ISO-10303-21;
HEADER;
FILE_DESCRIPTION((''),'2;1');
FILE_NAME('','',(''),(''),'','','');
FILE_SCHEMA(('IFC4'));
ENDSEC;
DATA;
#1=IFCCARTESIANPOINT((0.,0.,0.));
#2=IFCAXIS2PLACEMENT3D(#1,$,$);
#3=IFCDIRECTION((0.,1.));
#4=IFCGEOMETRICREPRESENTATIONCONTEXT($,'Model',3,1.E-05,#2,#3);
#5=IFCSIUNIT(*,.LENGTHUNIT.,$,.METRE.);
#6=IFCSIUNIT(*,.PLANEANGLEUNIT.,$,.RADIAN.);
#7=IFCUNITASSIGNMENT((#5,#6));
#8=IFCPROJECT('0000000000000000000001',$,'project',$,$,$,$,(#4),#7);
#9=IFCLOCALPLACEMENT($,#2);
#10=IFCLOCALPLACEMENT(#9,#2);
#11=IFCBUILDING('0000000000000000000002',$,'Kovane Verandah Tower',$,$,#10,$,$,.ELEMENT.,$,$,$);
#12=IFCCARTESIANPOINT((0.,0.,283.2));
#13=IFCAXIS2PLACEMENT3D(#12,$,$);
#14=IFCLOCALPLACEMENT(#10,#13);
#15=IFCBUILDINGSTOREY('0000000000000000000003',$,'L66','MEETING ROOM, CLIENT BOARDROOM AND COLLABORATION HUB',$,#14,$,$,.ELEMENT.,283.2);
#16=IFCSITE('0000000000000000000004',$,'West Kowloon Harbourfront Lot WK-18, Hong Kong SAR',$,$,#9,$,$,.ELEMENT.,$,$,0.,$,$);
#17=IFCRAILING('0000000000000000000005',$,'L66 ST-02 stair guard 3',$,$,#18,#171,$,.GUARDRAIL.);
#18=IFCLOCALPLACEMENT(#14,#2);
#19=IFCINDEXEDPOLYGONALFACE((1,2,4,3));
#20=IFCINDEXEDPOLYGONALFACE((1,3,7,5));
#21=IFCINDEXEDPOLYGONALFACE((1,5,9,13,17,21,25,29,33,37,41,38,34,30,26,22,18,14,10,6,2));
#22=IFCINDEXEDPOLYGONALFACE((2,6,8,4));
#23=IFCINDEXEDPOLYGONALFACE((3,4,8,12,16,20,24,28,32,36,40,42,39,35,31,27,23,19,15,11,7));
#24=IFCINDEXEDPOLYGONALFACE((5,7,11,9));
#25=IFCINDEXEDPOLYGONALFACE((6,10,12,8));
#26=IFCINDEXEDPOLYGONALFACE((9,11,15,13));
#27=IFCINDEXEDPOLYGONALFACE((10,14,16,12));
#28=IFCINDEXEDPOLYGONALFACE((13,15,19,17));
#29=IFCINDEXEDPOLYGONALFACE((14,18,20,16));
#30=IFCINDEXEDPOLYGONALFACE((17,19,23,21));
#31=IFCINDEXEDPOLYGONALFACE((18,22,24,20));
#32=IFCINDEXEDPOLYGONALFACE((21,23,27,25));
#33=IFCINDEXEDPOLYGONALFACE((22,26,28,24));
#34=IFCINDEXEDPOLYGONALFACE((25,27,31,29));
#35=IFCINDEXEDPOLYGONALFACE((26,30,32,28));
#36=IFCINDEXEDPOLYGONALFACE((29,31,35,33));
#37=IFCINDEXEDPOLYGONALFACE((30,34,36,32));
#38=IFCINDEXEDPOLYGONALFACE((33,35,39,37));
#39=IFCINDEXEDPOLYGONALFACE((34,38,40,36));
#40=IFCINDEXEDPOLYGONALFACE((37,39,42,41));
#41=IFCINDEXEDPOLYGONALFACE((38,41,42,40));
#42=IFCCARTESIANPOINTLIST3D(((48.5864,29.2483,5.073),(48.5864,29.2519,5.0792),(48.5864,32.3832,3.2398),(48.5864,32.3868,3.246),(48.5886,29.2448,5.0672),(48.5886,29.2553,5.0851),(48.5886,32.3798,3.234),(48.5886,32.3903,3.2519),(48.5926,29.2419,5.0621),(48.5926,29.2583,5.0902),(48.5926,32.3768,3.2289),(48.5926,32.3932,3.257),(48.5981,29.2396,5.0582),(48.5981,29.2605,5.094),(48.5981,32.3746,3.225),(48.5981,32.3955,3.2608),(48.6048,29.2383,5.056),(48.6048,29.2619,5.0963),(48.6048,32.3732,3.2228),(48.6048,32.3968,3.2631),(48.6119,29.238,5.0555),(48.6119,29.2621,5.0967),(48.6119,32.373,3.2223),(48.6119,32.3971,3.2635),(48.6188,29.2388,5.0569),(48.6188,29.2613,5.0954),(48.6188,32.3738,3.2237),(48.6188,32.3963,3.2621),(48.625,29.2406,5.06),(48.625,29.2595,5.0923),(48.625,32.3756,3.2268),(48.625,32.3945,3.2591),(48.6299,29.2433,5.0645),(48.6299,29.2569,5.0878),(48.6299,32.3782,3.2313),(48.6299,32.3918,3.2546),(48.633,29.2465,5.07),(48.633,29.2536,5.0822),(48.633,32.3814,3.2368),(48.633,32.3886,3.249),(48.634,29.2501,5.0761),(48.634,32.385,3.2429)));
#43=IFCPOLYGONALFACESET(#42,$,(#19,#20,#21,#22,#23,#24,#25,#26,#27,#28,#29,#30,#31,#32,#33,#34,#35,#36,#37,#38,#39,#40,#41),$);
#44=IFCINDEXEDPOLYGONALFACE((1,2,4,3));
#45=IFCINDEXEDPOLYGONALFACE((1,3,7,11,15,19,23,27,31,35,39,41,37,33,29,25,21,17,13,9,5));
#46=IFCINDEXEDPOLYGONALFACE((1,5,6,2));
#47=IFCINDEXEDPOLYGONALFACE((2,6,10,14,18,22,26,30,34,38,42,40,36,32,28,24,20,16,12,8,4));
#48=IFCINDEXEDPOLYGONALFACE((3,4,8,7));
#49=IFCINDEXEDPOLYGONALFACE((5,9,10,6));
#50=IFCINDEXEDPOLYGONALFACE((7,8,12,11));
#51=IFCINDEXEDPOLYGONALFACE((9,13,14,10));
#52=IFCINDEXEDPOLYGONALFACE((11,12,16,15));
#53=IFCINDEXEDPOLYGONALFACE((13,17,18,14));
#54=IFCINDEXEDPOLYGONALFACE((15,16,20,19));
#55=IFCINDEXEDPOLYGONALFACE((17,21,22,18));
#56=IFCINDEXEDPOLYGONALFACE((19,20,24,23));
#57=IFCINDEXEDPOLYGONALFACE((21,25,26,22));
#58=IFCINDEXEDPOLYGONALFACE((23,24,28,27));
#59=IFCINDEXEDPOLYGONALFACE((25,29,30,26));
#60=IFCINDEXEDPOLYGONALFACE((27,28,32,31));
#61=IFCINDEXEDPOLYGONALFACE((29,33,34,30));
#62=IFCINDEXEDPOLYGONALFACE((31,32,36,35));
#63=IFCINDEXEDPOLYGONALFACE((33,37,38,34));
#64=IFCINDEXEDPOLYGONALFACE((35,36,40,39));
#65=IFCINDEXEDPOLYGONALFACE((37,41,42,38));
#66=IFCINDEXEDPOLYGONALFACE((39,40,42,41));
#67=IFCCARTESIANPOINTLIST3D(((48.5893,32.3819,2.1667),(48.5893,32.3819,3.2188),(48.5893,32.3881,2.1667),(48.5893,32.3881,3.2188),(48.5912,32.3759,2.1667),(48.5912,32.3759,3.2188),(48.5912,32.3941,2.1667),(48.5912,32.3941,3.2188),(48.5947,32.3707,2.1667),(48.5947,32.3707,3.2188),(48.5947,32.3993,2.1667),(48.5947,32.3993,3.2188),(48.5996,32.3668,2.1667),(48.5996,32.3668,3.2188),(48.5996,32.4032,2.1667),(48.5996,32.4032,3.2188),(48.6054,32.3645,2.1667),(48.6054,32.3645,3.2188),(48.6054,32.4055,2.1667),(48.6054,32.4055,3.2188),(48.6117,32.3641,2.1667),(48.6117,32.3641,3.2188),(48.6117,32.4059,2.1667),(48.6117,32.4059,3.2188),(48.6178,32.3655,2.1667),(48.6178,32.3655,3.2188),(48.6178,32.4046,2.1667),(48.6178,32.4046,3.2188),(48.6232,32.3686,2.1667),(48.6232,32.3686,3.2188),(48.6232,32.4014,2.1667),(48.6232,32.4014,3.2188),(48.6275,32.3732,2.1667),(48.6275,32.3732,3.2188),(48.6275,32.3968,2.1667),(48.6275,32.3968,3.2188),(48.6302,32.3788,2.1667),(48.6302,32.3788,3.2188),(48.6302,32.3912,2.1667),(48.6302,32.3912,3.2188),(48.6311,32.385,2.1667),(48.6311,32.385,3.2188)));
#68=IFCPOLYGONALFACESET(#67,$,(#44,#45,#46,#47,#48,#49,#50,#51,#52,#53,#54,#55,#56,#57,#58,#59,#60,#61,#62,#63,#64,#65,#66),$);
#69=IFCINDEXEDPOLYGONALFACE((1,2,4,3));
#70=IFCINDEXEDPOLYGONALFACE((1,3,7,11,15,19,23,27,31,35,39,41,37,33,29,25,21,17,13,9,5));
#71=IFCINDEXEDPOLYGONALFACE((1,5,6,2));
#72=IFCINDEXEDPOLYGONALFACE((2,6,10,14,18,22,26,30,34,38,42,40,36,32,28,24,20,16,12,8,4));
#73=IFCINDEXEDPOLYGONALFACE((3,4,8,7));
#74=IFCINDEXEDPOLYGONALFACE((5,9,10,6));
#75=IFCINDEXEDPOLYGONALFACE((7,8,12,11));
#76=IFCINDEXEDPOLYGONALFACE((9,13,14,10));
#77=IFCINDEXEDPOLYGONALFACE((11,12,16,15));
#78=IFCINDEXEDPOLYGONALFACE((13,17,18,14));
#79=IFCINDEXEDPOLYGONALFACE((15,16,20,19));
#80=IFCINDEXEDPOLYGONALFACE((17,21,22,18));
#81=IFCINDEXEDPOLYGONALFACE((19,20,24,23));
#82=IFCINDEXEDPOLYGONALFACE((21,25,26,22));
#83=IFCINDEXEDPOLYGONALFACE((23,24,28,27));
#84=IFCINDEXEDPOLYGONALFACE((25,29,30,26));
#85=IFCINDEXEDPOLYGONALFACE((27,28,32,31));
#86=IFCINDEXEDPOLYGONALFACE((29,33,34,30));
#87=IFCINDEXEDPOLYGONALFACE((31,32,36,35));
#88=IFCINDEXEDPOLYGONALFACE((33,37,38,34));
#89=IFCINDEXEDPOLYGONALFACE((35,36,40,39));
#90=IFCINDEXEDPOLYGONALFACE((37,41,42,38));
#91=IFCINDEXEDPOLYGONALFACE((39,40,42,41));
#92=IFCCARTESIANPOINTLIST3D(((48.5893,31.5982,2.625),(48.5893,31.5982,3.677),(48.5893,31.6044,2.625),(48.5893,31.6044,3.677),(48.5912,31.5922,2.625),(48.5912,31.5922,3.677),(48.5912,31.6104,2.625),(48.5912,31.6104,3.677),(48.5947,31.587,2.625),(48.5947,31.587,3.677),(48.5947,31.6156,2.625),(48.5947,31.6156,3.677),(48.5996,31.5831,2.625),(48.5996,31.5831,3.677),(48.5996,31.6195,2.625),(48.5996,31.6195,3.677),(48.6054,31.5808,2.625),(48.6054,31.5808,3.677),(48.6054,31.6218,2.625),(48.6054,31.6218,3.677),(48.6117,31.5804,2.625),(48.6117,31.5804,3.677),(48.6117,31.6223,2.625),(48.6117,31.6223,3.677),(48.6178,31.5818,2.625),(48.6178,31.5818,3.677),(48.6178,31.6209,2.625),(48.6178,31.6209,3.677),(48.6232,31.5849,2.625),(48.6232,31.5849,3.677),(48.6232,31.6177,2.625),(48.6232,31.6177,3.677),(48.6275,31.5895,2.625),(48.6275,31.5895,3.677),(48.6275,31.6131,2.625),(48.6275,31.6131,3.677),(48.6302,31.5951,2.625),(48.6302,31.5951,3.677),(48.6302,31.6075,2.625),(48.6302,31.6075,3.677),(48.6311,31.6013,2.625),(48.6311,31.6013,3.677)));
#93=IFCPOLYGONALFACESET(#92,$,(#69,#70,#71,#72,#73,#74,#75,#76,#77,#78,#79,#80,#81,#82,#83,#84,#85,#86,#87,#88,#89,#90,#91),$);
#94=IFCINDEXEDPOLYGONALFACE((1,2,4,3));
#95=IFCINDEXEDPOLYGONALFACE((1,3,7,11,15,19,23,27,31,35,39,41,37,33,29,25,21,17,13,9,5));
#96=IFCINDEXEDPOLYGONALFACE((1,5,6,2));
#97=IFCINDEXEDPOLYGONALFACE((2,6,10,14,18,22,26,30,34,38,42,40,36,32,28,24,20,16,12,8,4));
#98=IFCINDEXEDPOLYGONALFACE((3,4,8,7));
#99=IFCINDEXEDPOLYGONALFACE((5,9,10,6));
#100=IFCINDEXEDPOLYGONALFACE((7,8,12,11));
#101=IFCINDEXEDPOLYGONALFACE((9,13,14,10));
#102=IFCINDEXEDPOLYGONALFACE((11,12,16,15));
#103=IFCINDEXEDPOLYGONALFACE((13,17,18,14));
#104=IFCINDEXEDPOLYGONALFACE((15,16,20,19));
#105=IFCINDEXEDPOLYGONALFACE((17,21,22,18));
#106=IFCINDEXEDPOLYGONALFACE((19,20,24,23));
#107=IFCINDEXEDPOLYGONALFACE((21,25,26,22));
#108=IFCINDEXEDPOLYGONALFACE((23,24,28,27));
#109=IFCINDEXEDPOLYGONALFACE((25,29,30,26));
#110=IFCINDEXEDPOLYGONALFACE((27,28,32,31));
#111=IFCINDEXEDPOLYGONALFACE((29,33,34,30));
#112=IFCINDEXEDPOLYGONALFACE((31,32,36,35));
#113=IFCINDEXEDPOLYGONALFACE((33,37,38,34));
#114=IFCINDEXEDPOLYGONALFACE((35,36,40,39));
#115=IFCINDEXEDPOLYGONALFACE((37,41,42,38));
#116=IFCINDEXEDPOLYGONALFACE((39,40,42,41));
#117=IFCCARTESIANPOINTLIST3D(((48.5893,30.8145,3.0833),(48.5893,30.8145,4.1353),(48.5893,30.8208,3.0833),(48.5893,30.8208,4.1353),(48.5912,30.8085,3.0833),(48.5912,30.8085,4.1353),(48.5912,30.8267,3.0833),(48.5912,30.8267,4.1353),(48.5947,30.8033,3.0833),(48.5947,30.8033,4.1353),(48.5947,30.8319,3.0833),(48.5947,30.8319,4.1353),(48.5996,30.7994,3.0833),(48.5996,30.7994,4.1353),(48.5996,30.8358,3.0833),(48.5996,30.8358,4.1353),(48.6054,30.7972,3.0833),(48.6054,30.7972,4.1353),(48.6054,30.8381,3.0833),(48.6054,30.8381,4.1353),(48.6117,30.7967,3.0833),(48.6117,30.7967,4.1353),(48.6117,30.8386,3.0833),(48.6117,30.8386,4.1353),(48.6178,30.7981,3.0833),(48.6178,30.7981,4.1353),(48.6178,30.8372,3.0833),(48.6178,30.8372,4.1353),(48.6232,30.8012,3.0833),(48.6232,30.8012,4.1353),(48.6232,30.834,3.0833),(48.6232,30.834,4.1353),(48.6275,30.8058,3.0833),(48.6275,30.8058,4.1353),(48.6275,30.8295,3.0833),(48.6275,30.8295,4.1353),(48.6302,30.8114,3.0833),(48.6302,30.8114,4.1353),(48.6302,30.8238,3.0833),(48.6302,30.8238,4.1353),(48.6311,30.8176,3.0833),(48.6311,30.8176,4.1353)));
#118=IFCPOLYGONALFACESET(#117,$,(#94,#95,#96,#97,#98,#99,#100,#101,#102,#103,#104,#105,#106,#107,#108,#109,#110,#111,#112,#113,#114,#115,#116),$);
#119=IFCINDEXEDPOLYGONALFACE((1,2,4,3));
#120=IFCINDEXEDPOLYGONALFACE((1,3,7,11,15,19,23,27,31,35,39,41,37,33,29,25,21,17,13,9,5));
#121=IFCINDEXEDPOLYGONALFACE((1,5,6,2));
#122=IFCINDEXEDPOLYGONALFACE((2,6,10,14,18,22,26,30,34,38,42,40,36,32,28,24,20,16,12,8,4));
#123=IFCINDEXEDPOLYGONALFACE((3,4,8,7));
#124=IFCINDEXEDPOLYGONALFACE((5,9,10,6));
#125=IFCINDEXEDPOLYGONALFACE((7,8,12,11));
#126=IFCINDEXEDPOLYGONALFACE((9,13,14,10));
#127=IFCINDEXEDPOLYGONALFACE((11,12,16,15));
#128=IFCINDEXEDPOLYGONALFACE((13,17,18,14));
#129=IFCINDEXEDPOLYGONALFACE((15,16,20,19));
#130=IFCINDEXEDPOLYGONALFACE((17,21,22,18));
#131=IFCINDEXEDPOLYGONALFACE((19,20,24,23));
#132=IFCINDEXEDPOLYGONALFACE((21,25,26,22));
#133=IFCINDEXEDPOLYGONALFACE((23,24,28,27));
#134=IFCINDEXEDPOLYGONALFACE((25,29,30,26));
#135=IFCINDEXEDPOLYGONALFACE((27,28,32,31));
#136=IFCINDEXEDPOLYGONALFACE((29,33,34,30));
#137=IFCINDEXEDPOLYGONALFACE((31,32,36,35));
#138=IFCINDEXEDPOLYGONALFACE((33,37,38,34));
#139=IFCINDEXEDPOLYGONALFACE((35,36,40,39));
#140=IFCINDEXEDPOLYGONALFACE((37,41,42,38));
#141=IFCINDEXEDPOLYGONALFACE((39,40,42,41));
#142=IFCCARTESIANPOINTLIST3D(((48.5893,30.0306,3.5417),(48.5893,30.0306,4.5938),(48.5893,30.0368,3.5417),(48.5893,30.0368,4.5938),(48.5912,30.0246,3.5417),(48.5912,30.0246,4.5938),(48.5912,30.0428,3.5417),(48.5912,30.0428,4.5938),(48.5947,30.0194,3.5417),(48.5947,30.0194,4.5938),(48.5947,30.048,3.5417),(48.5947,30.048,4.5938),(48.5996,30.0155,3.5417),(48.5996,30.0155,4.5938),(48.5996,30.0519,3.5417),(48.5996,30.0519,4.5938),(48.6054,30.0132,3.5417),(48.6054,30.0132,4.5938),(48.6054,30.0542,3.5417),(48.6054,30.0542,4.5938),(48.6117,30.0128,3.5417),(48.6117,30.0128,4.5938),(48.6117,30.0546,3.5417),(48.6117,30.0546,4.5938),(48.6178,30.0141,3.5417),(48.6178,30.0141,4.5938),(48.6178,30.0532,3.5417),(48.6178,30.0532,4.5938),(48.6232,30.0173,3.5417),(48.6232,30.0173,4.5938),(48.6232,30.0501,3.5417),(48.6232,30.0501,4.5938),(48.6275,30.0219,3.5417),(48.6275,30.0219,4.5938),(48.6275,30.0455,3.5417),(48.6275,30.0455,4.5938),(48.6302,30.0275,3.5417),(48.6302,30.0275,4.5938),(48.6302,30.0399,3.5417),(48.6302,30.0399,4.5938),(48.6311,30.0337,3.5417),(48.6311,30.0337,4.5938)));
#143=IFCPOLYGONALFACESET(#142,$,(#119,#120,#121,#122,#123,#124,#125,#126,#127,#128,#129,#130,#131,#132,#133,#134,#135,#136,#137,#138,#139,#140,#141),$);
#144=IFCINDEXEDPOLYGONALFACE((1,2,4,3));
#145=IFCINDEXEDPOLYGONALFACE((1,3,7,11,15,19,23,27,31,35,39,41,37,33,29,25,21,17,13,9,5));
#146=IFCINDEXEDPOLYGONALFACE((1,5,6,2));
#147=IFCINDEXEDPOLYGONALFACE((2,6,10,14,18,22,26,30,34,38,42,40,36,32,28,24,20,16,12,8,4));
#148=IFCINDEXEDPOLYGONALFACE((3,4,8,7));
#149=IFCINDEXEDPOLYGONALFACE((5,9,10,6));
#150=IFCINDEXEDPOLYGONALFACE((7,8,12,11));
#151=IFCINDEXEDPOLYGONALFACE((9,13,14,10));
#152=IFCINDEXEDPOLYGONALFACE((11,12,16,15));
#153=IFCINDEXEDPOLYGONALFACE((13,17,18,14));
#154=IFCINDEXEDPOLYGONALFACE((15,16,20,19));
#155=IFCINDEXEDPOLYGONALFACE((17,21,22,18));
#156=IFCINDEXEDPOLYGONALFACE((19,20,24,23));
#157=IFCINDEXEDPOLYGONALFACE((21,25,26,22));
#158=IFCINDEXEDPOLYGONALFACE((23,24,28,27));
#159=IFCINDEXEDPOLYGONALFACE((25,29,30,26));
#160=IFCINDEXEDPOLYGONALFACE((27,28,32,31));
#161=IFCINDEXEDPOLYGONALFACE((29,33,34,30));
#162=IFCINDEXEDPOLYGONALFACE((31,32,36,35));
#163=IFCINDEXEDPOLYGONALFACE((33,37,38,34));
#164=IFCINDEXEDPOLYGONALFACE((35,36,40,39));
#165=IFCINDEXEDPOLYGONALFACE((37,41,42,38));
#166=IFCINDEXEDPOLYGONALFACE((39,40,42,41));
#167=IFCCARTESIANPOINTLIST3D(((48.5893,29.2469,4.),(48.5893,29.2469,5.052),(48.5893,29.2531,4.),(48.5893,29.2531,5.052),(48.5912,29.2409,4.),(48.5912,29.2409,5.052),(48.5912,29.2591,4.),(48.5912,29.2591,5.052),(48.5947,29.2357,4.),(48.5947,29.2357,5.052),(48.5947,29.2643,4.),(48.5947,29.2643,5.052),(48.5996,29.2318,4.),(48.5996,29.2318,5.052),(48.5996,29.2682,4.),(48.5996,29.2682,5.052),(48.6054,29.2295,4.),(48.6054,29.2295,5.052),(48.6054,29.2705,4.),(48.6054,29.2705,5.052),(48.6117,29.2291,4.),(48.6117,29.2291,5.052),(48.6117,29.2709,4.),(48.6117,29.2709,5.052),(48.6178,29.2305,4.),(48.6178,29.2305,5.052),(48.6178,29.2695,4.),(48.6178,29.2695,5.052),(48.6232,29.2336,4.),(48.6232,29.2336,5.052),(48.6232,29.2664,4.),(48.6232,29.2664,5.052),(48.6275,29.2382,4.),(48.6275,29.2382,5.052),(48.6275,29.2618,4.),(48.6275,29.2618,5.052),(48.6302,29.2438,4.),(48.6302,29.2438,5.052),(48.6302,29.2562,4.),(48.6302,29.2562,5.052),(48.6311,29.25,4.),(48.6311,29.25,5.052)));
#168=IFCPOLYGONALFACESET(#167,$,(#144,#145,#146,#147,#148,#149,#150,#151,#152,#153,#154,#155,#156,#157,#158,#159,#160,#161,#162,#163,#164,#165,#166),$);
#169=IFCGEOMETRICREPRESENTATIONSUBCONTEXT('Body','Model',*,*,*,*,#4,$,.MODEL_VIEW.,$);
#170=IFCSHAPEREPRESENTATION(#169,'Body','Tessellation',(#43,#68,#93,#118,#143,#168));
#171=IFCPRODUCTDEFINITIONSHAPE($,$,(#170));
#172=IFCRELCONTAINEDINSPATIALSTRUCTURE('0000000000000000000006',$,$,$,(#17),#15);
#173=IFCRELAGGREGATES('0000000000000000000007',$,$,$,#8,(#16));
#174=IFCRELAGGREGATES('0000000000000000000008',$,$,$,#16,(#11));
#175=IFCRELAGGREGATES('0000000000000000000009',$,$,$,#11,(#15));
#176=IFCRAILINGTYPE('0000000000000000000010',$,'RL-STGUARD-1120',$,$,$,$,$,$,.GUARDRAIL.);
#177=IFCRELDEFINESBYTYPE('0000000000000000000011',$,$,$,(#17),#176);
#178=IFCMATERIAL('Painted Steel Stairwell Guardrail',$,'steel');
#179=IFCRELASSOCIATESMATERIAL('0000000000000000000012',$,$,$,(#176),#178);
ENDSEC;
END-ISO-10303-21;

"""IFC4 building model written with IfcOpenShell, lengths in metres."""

from ifc_helpers import new_model, si_unit, direction, frame, origin, origin_2d, place, context, subcontext, project, spatial, circle, extrude, material, type_object, element, save


model = new_model("IFC4")

# Units and contexts
model_context = context("Model", 3, precision=1e-05, world=origin(), true_north=direction((0.0, 1.0)))
body_context = subcontext(model_context, "Body", "Model", "MODEL_VIEW")
ifc_project = project(units=[si_unit("LENGTHUNIT", "METRE"), si_unit("PLANEANGLEUNIT", "RADIAN")], contexts=[model_context])

# Site, building, storey
site_placement = place(None, origin())
site = spatial("IfcSite", under=ifc_project, at=site_placement, Name="West Kowloon Harbourfront Lot WK-18, Hong Kong SAR", CompositionType="ELEMENT", RefElevation=0.0)
building_placement = place(site_placement, origin())
building = spatial("IfcBuilding", under=site, at=building_placement, Name="Kovane Verandah Tower", CompositionType="ELEMENT")
storey_placement = place(building_placement, frame((0.0, 0.0, 283.2)))
storey = spatial("IfcBuildingStorey", under=building, at=storey_placement, Name="L66", Description="MEETING ROOM, CLIENT BOARDROOM AND COLLABORATION HUB", CompositionType="ELEMENT", Elevation=283.2)

# Railing
ifc_material_1 = material(Name="Painted Steel Stairwell Guardrail", Category="steel")
railing_type_1 = type_object("IfcRailingType", Name="RL-STGUARD-1120", PredefinedType="GUARDRAIL", material=ifc_material_1)
railing_1_placement = place(storey_placement, frame((48.6101, 32.385, 2.1667)))
element("IfcRailing", 1, at=railing_1_placement, inside=storey, type_object=railing_type_1, Name="L66 ST-02 stair guard 3", PredefinedType="GUARDRAIL", context=body_context, shape_type="SweptSolid", body=[
    extrude(circle(Radius=0.0239, at=origin_2d()), frame((0.0, 0.0, 1.0762), z_axis=(0.0, -0.86324, 0.504794), x_axis=(1.0, 0.0, 0.0)), (0.0, 0.0, 1.0), 3.6316),
    extrude(circle(Radius=0.021, at=origin_2d()), origin(), (0.0, 0.0, 1.0), 1.052),
    extrude(circle(Radius=0.021, at=origin_2d()), frame((0.0, -0.7837, 0.4583)), (0.0, 0.0, 1.0), 1.052),
    extrude(circle(Radius=0.021, at=origin_2d()), frame((0.0, -1.5674, 0.9165)), (0.0, 0.0, 1.0), 1.052),
    extrude(circle(Radius=0.021, at=origin_2d()), frame((0.0, -2.3513, 1.375)), (0.0, 0.0, 1.0), 1.052),
    extrude(circle(Radius=0.021, at=origin_2d()), frame((0.0, -3.135, 1.8333)), (0.0, 0.0, 1.0), 1.052),
])

save(model, "model.ifc")
